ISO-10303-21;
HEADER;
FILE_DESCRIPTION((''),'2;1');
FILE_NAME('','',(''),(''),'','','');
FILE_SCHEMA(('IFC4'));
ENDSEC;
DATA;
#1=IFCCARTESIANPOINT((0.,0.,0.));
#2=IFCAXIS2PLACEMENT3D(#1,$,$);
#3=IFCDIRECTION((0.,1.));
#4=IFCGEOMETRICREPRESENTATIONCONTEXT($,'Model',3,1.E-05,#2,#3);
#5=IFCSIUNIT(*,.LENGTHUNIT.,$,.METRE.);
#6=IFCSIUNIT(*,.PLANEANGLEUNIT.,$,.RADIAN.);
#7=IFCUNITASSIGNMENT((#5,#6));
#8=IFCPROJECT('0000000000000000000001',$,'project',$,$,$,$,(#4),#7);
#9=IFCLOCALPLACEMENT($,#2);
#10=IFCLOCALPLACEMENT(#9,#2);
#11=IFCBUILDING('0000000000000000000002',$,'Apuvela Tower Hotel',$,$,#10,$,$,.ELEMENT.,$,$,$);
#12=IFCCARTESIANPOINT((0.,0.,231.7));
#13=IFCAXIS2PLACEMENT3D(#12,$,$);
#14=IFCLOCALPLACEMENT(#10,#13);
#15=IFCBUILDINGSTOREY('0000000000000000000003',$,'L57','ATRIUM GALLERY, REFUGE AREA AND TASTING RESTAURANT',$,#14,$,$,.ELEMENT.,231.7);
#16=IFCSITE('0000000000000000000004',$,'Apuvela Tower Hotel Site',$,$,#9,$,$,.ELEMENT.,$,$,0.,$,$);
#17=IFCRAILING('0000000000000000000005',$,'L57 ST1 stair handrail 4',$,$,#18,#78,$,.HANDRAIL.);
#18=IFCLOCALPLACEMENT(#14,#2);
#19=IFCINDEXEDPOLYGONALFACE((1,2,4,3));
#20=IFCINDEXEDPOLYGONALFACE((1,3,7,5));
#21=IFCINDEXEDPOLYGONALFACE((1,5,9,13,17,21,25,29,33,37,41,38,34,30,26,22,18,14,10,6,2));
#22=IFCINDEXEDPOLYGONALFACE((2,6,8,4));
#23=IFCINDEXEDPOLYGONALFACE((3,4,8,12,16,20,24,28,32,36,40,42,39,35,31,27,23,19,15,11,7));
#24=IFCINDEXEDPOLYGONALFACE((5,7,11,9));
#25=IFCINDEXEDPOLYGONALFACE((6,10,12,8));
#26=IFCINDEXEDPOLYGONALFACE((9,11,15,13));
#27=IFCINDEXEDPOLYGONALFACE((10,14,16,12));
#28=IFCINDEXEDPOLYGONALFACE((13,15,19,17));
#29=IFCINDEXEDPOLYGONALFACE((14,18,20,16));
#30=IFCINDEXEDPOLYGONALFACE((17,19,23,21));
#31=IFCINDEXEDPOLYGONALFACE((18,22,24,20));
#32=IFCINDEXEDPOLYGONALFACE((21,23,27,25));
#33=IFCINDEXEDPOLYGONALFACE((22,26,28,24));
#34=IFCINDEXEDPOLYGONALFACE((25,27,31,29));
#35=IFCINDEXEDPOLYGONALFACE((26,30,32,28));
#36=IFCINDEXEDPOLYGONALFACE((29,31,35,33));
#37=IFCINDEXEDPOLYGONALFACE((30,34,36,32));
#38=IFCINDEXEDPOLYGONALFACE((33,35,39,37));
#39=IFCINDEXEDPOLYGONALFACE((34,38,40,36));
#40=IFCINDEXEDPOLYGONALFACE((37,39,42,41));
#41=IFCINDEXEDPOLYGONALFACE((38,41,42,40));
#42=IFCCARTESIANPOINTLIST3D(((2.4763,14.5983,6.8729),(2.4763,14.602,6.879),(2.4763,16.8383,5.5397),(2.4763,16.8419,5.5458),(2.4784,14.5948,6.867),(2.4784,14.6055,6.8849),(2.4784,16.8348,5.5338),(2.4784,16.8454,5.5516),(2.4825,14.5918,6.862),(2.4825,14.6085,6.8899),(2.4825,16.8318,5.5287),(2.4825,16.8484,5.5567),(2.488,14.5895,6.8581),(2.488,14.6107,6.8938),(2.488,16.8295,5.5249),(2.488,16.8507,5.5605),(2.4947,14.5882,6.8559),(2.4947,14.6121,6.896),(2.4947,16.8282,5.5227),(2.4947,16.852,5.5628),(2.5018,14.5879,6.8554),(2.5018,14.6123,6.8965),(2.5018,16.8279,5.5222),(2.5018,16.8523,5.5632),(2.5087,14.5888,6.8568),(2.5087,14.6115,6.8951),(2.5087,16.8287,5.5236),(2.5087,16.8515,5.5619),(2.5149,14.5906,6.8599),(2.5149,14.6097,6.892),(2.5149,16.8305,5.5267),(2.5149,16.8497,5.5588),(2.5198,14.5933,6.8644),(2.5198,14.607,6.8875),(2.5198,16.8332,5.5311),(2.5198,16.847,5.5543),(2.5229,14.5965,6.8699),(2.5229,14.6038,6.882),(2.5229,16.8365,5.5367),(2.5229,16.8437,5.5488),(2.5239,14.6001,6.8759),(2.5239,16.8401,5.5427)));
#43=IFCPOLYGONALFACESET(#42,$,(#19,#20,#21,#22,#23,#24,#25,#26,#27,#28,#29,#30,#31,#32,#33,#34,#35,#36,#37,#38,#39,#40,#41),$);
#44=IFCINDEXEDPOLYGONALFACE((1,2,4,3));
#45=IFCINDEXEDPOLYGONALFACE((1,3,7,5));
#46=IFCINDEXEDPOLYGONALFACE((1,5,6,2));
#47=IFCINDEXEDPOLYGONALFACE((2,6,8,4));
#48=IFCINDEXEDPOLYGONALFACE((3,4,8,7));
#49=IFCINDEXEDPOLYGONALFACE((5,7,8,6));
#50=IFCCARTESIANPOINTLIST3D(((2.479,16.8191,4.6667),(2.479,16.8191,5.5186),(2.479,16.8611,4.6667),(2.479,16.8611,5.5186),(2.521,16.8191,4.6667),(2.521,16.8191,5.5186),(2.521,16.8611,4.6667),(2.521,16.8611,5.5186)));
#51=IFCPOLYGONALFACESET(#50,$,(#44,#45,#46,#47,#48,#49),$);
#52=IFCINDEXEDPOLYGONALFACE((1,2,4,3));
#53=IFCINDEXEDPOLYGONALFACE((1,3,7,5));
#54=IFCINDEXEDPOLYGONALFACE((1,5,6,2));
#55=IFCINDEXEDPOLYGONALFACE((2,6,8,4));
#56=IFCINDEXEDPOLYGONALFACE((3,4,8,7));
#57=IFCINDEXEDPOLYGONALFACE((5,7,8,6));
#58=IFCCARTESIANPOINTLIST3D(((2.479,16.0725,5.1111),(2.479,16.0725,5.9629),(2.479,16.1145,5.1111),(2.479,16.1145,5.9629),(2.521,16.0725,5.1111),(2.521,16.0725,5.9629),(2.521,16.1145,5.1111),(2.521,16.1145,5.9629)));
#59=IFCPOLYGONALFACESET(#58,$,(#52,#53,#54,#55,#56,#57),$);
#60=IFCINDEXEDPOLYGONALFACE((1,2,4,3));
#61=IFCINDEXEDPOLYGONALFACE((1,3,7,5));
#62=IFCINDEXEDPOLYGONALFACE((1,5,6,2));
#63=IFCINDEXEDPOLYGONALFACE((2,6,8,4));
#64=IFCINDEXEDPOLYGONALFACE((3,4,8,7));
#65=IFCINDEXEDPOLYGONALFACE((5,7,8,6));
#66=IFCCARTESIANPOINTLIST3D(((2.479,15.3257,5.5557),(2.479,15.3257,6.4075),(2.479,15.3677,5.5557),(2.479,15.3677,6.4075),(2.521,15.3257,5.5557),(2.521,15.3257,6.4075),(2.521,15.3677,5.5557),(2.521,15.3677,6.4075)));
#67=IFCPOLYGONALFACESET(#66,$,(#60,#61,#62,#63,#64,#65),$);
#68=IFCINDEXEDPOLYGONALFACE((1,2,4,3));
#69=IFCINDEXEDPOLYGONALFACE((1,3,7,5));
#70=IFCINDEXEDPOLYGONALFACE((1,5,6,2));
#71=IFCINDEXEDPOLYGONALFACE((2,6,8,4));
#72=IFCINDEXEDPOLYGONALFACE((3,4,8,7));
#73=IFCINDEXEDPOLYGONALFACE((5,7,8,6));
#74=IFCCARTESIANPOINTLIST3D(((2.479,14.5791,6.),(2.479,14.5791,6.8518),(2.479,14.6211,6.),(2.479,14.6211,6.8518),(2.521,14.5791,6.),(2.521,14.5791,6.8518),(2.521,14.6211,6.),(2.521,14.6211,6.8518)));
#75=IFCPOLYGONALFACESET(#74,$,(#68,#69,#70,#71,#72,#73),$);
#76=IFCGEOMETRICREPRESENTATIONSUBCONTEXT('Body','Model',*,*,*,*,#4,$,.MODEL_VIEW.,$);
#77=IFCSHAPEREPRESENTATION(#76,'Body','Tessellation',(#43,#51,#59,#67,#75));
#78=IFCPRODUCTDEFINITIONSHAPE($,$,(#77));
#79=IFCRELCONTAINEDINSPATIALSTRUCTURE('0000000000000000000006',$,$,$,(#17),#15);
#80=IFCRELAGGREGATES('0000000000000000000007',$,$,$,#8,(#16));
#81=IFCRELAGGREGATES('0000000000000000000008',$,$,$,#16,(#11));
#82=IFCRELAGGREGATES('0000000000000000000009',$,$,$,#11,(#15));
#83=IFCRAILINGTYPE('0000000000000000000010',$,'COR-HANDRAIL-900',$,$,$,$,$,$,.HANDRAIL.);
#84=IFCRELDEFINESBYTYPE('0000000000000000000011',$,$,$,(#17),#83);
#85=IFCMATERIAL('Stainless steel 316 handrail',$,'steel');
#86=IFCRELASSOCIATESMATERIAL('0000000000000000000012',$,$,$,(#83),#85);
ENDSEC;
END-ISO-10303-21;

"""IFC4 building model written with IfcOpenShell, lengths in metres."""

from ifc_helpers import new_model, si_unit, direction, frame, origin, origin_2d, place, context, subcontext, project, spatial, rectangle, circle, extrude, material, type_object, element, save


model = new_model("IFC4")

# Units and contexts
model_context = context("Model", 3, precision=1e-05, world=origin(), true_north=direction((0.0, 1.0)))
body_context = subcontext(model_context, "Body", "Model", "MODEL_VIEW")
ifc_project = project(units=[si_unit("LENGTHUNIT", "METRE"), si_unit("PLANEANGLEUNIT", "RADIAN")], contexts=[model_context])

# Site, building, storey
site_placement = place(None, origin())
site = spatial("IfcSite", under=ifc_project, at=site_placement, Name="Apuvela Tower Hotel Site", CompositionType="ELEMENT", RefElevation=0.0)
building_placement = place(site_placement, origin())
building = spatial("IfcBuilding", under=site, at=building_placement, Name="Apuvela Tower Hotel", CompositionType="ELEMENT")
storey_placement = place(building_placement, frame((0.0, 0.0, 231.7)))
storey = spatial("IfcBuildingStorey", under=building, at=storey_placement, Name="L57", Description="ATRIUM GALLERY, REFUGE AREA AND TASTING RESTAURANT", CompositionType="ELEMENT", Elevation=231.7)

# Railing
ifc_material_1 = material(Name="Stainless steel 316 handrail", Category="steel")
railing_type_1 = type_object("IfcRailingType", Name="COR-HANDRAIL-900", PredefinedType="HANDRAIL", material=ifc_material_1)
railing_1_placement = place(storey_placement, frame((2.5, 16.8401, 4.6667)))
element("IfcRailing", 1, at=railing_1_placement, inside=storey, type_object=railing_type_1, Name="L57 ST1 stair handrail 4", PredefinedType="HANDRAIL", context=body_context, shape_type="SweptSolid", body=[
    extrude(circle(Radius=0.0239, at=origin_2d()), frame((0.0, 0.0, 0.876), z_axis=(0.0, -0.859306, 0.511462), x_axis=(1.0, 0.0, 0.0)), (0.0, 0.0, 1.0), 2.6067),
    extrude(rectangle(XDim=0.042, YDim=0.042, at=origin_2d()), origin(), (0.0, 0.0, 1.0), 0.8518),
    extrude(rectangle(XDim=0.042, YDim=0.042, at=origin_2d()), frame((0.0, -0.7466, 0.4443)), (0.0, 0.0, 1.0), 0.8518),
    extrude(rectangle(XDim=0.042, YDim=0.042, at=origin_2d()), frame((0.0, -1.4934, 0.8889)), (0.0, 0.0, 1.0), 0.8518),
    extrude(rectangle(XDim=0.042, YDim=0.042, at=origin_2d()), frame((0.0, -2.24, 1.3333)), (0.0, 0.0, 1.0), 0.8518),
])

save(model, "model.ifc")
